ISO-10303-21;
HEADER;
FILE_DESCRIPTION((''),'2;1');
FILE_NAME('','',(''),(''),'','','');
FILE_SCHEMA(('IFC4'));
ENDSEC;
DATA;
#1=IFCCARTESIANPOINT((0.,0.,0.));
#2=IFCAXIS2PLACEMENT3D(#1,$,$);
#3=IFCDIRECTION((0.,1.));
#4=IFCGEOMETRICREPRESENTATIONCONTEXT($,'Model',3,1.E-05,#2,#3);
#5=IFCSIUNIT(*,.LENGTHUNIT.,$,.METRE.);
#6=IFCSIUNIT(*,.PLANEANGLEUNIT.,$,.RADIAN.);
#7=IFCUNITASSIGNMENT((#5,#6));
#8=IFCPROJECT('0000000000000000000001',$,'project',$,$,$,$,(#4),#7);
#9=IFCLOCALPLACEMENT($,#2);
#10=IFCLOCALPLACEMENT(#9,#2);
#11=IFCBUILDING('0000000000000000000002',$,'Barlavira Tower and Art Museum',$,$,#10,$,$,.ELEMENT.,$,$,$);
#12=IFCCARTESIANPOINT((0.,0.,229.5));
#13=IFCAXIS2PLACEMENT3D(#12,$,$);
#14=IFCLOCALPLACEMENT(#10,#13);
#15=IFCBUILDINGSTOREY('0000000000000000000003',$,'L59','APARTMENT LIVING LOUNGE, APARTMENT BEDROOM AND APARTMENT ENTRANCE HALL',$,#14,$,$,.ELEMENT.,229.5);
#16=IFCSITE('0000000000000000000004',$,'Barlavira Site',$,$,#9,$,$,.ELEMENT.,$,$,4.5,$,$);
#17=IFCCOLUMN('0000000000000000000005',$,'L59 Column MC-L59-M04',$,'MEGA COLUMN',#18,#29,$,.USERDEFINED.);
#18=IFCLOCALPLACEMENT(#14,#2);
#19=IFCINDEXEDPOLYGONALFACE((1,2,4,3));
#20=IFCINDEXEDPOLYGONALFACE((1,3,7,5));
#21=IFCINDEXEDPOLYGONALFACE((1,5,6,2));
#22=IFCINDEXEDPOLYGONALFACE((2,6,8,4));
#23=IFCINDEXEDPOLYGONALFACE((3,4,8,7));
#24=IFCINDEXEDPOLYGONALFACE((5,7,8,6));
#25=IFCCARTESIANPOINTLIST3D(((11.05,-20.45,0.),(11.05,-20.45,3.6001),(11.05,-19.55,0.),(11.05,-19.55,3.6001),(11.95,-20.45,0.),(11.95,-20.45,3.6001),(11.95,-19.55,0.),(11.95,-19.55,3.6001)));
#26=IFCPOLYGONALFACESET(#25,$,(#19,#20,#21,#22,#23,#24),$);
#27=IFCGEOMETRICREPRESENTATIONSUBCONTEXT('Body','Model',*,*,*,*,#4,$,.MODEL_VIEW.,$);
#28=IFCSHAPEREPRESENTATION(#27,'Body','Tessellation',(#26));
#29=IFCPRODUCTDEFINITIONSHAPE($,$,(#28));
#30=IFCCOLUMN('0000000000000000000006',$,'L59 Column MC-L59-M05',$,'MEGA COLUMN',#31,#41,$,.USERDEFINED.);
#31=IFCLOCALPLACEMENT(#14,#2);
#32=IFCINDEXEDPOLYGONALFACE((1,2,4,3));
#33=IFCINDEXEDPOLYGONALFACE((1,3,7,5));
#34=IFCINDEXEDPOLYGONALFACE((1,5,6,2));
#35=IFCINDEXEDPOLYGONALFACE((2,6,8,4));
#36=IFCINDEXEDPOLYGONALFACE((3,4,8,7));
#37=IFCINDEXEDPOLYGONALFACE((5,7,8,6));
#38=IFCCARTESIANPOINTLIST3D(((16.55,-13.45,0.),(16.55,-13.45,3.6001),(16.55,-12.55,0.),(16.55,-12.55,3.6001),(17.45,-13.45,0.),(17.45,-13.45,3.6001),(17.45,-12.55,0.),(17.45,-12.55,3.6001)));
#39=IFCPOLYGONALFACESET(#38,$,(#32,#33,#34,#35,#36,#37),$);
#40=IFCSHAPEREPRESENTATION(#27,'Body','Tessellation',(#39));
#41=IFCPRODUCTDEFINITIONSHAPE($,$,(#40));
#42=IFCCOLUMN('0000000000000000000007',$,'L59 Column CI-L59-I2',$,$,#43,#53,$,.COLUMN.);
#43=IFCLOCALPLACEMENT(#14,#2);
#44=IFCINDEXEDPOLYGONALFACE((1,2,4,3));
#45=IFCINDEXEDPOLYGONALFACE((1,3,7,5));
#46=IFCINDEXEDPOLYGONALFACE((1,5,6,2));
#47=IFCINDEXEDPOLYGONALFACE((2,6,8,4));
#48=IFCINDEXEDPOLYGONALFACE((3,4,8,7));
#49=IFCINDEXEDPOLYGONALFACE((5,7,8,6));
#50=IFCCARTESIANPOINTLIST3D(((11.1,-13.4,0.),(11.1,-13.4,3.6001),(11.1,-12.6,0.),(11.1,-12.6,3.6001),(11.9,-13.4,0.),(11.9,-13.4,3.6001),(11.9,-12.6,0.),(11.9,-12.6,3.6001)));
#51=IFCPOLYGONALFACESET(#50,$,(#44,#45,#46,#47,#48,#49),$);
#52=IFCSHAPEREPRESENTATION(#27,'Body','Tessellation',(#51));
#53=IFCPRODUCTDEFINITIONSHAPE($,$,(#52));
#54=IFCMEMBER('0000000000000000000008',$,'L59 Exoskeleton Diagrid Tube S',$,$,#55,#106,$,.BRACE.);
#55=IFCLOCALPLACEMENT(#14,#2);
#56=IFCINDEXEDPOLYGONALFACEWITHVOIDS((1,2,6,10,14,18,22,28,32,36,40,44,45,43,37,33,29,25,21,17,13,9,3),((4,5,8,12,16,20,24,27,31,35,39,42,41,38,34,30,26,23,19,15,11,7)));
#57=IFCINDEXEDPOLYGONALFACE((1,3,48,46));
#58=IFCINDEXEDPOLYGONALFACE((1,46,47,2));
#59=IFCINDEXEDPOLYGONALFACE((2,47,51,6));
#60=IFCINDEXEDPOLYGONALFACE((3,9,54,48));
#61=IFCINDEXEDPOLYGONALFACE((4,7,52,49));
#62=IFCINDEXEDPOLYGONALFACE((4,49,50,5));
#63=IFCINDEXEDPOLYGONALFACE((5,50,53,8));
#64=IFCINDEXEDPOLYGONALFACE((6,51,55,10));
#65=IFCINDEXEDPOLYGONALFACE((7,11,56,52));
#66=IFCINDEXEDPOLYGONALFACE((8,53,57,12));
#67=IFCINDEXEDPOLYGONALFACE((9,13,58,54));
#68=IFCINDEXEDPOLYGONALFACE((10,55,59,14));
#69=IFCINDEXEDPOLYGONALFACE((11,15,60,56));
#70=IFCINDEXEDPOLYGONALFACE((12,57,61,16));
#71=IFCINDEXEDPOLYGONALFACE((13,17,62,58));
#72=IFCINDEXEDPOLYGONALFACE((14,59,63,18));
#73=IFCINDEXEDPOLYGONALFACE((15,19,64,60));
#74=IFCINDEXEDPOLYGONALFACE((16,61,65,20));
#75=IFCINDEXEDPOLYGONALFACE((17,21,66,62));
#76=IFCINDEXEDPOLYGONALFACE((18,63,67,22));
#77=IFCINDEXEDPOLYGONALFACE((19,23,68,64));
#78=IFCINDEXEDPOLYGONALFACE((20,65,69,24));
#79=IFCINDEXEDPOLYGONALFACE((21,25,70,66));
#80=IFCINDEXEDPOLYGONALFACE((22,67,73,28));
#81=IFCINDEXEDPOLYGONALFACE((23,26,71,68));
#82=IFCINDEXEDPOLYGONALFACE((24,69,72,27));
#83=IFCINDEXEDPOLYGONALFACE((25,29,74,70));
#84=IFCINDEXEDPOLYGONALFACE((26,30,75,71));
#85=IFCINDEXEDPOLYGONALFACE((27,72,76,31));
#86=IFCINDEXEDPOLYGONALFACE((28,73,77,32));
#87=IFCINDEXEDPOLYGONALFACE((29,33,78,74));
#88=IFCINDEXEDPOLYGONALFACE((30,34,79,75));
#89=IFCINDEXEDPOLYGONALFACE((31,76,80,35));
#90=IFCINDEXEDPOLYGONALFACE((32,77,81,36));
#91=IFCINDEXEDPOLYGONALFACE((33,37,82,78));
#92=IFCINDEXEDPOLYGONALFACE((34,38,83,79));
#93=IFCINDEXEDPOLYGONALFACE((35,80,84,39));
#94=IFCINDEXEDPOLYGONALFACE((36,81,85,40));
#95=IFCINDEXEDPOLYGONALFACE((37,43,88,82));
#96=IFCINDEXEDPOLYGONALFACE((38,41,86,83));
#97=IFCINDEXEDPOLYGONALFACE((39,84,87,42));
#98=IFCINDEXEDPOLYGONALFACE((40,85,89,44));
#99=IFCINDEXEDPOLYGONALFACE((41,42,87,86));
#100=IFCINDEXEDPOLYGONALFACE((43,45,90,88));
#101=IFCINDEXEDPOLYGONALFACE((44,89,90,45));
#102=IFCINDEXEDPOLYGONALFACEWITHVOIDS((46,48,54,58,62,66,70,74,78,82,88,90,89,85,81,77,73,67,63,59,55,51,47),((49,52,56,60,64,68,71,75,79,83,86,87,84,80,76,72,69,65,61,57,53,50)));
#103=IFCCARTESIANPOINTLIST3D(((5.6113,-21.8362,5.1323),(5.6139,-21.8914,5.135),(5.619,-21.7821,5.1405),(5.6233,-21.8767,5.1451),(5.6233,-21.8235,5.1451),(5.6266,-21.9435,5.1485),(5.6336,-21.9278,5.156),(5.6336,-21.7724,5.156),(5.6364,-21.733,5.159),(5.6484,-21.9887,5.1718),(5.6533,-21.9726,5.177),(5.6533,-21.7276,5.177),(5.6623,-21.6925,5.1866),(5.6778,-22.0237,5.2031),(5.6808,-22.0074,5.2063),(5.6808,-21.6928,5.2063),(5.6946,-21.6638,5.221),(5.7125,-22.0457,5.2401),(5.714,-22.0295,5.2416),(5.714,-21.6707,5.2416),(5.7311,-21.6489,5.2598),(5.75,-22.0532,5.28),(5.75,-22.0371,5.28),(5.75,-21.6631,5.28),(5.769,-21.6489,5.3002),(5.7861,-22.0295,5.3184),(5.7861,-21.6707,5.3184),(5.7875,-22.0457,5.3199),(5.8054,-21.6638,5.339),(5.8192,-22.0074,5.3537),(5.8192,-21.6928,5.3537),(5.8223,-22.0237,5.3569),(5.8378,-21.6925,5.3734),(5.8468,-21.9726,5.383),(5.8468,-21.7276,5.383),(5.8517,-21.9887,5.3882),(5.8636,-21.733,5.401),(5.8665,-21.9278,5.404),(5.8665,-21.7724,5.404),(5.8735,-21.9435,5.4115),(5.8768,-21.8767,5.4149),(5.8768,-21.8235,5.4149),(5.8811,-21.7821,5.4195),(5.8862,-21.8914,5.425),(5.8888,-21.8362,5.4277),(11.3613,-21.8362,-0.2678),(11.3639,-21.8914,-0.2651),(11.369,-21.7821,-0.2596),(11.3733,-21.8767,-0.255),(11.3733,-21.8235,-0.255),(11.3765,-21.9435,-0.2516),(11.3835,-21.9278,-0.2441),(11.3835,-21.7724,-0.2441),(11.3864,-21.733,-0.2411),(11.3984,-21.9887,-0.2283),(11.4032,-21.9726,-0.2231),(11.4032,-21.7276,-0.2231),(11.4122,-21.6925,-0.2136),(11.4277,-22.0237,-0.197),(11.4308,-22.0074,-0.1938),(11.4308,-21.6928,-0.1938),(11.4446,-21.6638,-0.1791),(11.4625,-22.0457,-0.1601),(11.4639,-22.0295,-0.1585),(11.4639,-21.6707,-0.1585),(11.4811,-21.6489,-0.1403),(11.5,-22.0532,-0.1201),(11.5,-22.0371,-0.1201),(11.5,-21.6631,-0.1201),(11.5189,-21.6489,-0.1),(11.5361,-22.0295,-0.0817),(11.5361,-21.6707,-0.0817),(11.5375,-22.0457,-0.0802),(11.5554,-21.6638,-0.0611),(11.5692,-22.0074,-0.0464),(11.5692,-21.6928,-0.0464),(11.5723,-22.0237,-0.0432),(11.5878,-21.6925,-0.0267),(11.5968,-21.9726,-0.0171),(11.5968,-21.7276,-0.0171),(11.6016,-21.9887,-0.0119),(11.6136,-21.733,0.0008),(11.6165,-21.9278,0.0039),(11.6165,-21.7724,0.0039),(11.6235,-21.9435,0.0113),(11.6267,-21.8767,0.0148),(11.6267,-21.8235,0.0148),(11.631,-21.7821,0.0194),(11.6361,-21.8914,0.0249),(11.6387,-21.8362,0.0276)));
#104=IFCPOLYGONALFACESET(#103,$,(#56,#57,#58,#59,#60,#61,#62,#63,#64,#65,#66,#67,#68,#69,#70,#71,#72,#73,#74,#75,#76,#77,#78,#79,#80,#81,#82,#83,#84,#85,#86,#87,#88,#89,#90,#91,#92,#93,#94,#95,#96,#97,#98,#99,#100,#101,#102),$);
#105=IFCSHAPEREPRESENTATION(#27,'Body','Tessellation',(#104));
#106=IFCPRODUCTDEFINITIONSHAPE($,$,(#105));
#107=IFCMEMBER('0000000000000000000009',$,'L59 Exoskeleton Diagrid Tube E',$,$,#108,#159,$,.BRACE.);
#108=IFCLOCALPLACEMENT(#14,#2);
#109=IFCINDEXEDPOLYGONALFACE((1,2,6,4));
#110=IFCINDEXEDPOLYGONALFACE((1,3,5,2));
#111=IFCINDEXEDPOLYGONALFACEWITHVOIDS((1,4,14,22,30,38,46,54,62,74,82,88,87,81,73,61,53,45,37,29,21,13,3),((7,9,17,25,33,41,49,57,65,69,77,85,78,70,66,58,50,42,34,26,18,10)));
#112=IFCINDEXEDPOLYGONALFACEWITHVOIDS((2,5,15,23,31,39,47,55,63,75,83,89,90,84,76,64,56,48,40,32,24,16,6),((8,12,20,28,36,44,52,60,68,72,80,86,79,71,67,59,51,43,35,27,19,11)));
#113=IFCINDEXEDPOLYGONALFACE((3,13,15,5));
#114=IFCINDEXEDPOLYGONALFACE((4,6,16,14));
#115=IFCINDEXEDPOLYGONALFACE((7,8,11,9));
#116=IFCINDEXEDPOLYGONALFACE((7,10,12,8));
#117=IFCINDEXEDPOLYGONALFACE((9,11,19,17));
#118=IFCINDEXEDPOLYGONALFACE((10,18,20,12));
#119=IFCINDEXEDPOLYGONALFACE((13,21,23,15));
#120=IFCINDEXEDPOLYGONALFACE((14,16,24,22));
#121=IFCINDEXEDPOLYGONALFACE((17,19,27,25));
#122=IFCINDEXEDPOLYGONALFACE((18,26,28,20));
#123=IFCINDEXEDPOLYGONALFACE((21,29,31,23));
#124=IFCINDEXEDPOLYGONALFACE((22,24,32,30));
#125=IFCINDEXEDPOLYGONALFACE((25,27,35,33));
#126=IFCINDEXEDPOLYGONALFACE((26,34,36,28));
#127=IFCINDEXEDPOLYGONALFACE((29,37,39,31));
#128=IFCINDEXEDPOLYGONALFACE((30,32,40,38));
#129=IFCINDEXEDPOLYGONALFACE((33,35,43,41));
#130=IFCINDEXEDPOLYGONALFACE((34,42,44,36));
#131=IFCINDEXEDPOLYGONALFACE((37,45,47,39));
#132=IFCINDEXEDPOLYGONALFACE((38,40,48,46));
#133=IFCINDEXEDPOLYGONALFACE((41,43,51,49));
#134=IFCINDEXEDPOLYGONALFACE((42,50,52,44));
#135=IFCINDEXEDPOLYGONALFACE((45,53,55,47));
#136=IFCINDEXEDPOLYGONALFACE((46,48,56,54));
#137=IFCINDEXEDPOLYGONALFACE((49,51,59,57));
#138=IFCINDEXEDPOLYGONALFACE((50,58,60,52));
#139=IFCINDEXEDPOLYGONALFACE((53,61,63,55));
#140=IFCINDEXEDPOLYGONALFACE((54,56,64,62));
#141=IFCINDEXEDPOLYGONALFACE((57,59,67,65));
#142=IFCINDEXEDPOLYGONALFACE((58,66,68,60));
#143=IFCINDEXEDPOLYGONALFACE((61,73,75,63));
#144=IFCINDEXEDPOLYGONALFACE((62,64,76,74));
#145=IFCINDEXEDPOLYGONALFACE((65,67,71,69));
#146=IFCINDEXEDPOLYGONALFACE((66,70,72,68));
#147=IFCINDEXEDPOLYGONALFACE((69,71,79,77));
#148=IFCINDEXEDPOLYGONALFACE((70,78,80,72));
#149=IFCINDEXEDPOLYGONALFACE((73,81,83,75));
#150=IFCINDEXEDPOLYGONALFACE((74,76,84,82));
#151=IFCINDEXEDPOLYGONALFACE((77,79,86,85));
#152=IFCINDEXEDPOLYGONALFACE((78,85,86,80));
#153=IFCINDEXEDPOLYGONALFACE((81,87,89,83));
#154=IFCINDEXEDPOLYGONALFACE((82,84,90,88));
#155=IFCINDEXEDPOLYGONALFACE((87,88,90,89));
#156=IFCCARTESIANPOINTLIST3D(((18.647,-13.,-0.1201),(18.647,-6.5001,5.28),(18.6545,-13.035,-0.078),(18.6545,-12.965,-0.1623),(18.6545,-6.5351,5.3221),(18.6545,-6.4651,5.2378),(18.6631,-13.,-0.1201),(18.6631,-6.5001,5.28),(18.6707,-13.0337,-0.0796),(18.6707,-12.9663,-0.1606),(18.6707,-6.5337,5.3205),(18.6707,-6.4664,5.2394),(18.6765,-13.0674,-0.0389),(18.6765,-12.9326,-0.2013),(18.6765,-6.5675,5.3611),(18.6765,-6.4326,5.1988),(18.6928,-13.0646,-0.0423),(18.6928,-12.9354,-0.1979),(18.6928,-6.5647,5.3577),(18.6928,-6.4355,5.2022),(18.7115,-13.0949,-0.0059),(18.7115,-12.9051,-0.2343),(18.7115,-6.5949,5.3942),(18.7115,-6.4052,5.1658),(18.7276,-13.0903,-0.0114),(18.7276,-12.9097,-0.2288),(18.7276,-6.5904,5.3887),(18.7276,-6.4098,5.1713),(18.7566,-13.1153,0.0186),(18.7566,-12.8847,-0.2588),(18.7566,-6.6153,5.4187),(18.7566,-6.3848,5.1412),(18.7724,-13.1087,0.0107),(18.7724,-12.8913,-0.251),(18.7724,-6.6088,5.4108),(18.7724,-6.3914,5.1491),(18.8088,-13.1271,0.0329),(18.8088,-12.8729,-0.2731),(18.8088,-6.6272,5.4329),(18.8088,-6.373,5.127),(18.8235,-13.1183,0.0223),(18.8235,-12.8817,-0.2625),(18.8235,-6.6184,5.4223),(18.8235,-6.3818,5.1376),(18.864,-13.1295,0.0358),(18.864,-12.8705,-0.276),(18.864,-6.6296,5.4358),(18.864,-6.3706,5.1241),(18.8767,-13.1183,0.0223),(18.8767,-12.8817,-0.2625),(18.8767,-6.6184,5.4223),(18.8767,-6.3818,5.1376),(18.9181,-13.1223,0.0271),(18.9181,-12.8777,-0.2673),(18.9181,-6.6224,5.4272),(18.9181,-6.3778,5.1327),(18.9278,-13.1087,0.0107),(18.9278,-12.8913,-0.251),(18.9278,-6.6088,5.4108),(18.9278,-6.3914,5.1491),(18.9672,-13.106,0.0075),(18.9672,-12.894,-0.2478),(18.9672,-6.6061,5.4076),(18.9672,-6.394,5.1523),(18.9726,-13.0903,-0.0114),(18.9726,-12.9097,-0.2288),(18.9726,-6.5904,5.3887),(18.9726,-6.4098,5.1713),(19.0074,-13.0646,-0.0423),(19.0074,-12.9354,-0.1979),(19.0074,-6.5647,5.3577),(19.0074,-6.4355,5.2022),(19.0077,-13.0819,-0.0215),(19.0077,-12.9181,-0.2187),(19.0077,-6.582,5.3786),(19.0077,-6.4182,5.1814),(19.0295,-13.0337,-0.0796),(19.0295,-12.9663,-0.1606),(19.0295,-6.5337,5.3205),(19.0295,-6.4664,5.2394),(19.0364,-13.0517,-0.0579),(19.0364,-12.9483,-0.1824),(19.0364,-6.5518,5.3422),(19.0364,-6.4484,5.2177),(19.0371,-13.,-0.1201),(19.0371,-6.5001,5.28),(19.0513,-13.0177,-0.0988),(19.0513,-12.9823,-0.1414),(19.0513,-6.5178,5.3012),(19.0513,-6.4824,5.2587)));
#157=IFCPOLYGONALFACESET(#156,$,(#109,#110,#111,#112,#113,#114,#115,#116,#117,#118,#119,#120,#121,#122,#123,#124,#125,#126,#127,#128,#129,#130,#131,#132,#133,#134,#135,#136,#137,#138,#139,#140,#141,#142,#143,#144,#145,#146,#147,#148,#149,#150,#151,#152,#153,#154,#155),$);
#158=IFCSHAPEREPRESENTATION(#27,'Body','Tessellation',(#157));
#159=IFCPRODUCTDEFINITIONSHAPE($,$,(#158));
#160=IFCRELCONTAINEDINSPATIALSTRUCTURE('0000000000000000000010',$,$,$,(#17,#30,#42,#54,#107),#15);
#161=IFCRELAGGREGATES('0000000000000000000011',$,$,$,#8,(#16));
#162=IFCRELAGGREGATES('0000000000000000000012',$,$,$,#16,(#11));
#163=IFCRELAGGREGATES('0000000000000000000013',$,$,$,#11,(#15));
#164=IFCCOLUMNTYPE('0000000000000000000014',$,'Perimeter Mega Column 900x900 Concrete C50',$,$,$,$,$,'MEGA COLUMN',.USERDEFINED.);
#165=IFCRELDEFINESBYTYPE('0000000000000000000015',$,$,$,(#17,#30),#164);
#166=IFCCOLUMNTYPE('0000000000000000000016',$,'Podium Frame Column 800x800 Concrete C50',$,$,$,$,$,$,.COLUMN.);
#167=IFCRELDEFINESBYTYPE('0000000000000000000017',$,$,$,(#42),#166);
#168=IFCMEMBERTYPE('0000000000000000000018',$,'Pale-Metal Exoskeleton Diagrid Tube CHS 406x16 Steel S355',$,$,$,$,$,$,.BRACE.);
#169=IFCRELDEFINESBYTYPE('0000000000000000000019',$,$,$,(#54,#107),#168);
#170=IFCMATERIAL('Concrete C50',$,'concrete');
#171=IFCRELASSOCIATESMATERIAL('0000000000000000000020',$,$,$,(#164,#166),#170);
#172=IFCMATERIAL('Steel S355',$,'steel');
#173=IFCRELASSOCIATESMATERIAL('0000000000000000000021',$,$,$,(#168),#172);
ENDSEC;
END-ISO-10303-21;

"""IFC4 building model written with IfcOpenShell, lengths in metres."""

from ifc_helpers import new_model, si_unit, direction, frame, origin, origin_2d, place, context, subcontext, project, spatial, rectangle, hollow_circle, extrude, material, material_profile, profile_set, type_object, element, save


model = new_model("IFC4")

# Units and contexts
model_context = context("Model", 3, precision=1e-05, world=origin(), true_north=direction((0.0, 1.0)))
body_context = subcontext(model_context, "Body", "Model", "MODEL_VIEW")
ifc_project = project(units=[si_unit("LENGTHUNIT", "METRE"), si_unit("PLANEANGLEUNIT", "RADIAN")], contexts=[model_context])

# Site, building, storey
site_placement = place(None, origin())
site = spatial("IfcSite", under=ifc_project, at=site_placement, Name="Barlavira Site", CompositionType="ELEMENT", RefElevation=4.5)
building_placement = place(site_placement, origin())
building = spatial("IfcBuilding", under=site, at=building_placement, Name="Barlavira Tower and Art Museum", CompositionType="ELEMENT")
storey_placement = place(building_placement, frame((0.0, 0.0, 229.5)))
storey = spatial("IfcBuildingStorey", under=building, at=storey_placement, Name="L59", Description="APARTMENT LIVING LOUNGE, APARTMENT BEDROOM AND APARTMENT ENTRANCE HALL", CompositionType="ELEMENT", Elevation=229.5)

# Columns
ifc_material_1 = material(Name="Concrete C50", Category="concrete")
ifc_material_profile_1 = material_profile(ifc_material_1, rectangle(XDim=0.8999, YDim=0.8999, at=origin_2d()), Name="RC-COL 900x900")
ifc_profile_set_1 = profile_set([ifc_material_profile_1], Name="Concrete C50")
column_type_1 = type_object("IfcColumnType", Name="Perimeter Mega Column 900x900 Concrete C50", ElementType="MEGA COLUMN", PredefinedType="USERDEFINED", material=ifc_profile_set_1)
for number, where, z_axis, x_axis, name in (
    (1, (11.5, -20.0, 0.0), (0.0, 0.0, 1.0), (1.0, 0.0, 0.0), "L59 Column MC-L59-M04"),
    (2, (17.0, -13.0, 0.0), (0.0, 0.0, 1.0), (1.0, 0.0, 0.0), "L59 Column MC-L59-M05"),
):
    element("IfcColumn", number, at=place(storey_placement, frame(where, z_axis=z_axis, x_axis=x_axis)), inside=storey, type_object=column_type_1, Name=name, ObjectType="MEGA COLUMN", PredefinedType="USERDEFINED", context=body_context, shape_type="SweptSolid", body=[
        extrude(rectangle(XDim=0.8999, YDim=0.8999, at=origin_2d()), origin(), (0.0, 0.0, 1.0), 3.6001),
    ])
ifc_material_profile_2 = material_profile(ifc_material_1, rectangle(XDim=0.8, YDim=0.8, at=origin_2d()), Name="RC-COL 800x800")
ifc_profile_set_2 = profile_set([ifc_material_profile_2], Name="Concrete C50")
column_type_2 = type_object("IfcColumnType", Name="Podium Frame Column 800x800 Concrete C50", PredefinedType="COLUMN", material=ifc_profile_set_2)
column_placement = place(storey_placement, frame((11.5, -13.0, 0.0), z_axis=(0.0, 0.0, 1.0), x_axis=(1.0, 0.0, 0.0)))
element("IfcColumn", 3, at=column_placement, inside=storey, type_object=column_type_2, Name="L59 Column CI-L59-I2", PredefinedType="COLUMN", context=body_context, shape_type="SweptSolid", body=[
    extrude(rectangle(XDim=0.8, YDim=0.8, at=origin_2d()), origin(), (0.0, 0.0, 1.0), 3.6001),
])

# Members
ifc_material_2 = material(Name="Steel S355", Category="steel")
ifc_material_profile_3 = material_profile(ifc_material_2, hollow_circle(Radius=0.2031, WallThickness=0.0161, at=origin_2d()), Name="CHS 406.4x16.0")
ifc_profile_set_3 = profile_set([ifc_material_profile_3], Name="Steel S355")
member_type_1 = type_object("IfcMemberType", Name="Pale-Metal Exoskeleton Diagrid Tube CHS 406x16 Steel S355", PredefinedType="BRACE", material=ifc_profile_set_3)
member_1_placement = place(storey_placement, frame((11.5, -21.8501, -0.1201), z_axis=(-0.728935, 0.0, 0.684583), x_axis=(0.0, -1.0, 0.0)))
element("IfcMember", 4, at=member_1_placement, inside=storey, type_object=member_type_1, Name="L59 Exoskeleton Diagrid Tube S", PredefinedType="BRACE", context=body_context, shape_type="SweptSolid", body=[
    extrude(hollow_circle(Radius=0.2031, WallThickness=0.0161, at=origin_2d()), origin(), (0.0, 0.0, 1.0), 7.8882),
])
member_2_placement = place(storey_placement, frame((18.8501, -13.0, -0.1201), z_axis=(0.0, 0.769182, 0.63903), x_axis=(-1.0, 0.0, 0.0)))
element("IfcMember", 5, at=member_2_placement, inside=storey, type_object=member_type_1, Name="L59 Exoskeleton Diagrid Tube E", PredefinedType="BRACE", context=body_context, shape_type="SweptSolid", body=[
    extrude(hollow_circle(Radius=0.2031, WallThickness=0.0161, at=origin_2d()), origin(), (0.0, 0.0, 1.0), 8.4504),
])

save(model, "model.ifc")
